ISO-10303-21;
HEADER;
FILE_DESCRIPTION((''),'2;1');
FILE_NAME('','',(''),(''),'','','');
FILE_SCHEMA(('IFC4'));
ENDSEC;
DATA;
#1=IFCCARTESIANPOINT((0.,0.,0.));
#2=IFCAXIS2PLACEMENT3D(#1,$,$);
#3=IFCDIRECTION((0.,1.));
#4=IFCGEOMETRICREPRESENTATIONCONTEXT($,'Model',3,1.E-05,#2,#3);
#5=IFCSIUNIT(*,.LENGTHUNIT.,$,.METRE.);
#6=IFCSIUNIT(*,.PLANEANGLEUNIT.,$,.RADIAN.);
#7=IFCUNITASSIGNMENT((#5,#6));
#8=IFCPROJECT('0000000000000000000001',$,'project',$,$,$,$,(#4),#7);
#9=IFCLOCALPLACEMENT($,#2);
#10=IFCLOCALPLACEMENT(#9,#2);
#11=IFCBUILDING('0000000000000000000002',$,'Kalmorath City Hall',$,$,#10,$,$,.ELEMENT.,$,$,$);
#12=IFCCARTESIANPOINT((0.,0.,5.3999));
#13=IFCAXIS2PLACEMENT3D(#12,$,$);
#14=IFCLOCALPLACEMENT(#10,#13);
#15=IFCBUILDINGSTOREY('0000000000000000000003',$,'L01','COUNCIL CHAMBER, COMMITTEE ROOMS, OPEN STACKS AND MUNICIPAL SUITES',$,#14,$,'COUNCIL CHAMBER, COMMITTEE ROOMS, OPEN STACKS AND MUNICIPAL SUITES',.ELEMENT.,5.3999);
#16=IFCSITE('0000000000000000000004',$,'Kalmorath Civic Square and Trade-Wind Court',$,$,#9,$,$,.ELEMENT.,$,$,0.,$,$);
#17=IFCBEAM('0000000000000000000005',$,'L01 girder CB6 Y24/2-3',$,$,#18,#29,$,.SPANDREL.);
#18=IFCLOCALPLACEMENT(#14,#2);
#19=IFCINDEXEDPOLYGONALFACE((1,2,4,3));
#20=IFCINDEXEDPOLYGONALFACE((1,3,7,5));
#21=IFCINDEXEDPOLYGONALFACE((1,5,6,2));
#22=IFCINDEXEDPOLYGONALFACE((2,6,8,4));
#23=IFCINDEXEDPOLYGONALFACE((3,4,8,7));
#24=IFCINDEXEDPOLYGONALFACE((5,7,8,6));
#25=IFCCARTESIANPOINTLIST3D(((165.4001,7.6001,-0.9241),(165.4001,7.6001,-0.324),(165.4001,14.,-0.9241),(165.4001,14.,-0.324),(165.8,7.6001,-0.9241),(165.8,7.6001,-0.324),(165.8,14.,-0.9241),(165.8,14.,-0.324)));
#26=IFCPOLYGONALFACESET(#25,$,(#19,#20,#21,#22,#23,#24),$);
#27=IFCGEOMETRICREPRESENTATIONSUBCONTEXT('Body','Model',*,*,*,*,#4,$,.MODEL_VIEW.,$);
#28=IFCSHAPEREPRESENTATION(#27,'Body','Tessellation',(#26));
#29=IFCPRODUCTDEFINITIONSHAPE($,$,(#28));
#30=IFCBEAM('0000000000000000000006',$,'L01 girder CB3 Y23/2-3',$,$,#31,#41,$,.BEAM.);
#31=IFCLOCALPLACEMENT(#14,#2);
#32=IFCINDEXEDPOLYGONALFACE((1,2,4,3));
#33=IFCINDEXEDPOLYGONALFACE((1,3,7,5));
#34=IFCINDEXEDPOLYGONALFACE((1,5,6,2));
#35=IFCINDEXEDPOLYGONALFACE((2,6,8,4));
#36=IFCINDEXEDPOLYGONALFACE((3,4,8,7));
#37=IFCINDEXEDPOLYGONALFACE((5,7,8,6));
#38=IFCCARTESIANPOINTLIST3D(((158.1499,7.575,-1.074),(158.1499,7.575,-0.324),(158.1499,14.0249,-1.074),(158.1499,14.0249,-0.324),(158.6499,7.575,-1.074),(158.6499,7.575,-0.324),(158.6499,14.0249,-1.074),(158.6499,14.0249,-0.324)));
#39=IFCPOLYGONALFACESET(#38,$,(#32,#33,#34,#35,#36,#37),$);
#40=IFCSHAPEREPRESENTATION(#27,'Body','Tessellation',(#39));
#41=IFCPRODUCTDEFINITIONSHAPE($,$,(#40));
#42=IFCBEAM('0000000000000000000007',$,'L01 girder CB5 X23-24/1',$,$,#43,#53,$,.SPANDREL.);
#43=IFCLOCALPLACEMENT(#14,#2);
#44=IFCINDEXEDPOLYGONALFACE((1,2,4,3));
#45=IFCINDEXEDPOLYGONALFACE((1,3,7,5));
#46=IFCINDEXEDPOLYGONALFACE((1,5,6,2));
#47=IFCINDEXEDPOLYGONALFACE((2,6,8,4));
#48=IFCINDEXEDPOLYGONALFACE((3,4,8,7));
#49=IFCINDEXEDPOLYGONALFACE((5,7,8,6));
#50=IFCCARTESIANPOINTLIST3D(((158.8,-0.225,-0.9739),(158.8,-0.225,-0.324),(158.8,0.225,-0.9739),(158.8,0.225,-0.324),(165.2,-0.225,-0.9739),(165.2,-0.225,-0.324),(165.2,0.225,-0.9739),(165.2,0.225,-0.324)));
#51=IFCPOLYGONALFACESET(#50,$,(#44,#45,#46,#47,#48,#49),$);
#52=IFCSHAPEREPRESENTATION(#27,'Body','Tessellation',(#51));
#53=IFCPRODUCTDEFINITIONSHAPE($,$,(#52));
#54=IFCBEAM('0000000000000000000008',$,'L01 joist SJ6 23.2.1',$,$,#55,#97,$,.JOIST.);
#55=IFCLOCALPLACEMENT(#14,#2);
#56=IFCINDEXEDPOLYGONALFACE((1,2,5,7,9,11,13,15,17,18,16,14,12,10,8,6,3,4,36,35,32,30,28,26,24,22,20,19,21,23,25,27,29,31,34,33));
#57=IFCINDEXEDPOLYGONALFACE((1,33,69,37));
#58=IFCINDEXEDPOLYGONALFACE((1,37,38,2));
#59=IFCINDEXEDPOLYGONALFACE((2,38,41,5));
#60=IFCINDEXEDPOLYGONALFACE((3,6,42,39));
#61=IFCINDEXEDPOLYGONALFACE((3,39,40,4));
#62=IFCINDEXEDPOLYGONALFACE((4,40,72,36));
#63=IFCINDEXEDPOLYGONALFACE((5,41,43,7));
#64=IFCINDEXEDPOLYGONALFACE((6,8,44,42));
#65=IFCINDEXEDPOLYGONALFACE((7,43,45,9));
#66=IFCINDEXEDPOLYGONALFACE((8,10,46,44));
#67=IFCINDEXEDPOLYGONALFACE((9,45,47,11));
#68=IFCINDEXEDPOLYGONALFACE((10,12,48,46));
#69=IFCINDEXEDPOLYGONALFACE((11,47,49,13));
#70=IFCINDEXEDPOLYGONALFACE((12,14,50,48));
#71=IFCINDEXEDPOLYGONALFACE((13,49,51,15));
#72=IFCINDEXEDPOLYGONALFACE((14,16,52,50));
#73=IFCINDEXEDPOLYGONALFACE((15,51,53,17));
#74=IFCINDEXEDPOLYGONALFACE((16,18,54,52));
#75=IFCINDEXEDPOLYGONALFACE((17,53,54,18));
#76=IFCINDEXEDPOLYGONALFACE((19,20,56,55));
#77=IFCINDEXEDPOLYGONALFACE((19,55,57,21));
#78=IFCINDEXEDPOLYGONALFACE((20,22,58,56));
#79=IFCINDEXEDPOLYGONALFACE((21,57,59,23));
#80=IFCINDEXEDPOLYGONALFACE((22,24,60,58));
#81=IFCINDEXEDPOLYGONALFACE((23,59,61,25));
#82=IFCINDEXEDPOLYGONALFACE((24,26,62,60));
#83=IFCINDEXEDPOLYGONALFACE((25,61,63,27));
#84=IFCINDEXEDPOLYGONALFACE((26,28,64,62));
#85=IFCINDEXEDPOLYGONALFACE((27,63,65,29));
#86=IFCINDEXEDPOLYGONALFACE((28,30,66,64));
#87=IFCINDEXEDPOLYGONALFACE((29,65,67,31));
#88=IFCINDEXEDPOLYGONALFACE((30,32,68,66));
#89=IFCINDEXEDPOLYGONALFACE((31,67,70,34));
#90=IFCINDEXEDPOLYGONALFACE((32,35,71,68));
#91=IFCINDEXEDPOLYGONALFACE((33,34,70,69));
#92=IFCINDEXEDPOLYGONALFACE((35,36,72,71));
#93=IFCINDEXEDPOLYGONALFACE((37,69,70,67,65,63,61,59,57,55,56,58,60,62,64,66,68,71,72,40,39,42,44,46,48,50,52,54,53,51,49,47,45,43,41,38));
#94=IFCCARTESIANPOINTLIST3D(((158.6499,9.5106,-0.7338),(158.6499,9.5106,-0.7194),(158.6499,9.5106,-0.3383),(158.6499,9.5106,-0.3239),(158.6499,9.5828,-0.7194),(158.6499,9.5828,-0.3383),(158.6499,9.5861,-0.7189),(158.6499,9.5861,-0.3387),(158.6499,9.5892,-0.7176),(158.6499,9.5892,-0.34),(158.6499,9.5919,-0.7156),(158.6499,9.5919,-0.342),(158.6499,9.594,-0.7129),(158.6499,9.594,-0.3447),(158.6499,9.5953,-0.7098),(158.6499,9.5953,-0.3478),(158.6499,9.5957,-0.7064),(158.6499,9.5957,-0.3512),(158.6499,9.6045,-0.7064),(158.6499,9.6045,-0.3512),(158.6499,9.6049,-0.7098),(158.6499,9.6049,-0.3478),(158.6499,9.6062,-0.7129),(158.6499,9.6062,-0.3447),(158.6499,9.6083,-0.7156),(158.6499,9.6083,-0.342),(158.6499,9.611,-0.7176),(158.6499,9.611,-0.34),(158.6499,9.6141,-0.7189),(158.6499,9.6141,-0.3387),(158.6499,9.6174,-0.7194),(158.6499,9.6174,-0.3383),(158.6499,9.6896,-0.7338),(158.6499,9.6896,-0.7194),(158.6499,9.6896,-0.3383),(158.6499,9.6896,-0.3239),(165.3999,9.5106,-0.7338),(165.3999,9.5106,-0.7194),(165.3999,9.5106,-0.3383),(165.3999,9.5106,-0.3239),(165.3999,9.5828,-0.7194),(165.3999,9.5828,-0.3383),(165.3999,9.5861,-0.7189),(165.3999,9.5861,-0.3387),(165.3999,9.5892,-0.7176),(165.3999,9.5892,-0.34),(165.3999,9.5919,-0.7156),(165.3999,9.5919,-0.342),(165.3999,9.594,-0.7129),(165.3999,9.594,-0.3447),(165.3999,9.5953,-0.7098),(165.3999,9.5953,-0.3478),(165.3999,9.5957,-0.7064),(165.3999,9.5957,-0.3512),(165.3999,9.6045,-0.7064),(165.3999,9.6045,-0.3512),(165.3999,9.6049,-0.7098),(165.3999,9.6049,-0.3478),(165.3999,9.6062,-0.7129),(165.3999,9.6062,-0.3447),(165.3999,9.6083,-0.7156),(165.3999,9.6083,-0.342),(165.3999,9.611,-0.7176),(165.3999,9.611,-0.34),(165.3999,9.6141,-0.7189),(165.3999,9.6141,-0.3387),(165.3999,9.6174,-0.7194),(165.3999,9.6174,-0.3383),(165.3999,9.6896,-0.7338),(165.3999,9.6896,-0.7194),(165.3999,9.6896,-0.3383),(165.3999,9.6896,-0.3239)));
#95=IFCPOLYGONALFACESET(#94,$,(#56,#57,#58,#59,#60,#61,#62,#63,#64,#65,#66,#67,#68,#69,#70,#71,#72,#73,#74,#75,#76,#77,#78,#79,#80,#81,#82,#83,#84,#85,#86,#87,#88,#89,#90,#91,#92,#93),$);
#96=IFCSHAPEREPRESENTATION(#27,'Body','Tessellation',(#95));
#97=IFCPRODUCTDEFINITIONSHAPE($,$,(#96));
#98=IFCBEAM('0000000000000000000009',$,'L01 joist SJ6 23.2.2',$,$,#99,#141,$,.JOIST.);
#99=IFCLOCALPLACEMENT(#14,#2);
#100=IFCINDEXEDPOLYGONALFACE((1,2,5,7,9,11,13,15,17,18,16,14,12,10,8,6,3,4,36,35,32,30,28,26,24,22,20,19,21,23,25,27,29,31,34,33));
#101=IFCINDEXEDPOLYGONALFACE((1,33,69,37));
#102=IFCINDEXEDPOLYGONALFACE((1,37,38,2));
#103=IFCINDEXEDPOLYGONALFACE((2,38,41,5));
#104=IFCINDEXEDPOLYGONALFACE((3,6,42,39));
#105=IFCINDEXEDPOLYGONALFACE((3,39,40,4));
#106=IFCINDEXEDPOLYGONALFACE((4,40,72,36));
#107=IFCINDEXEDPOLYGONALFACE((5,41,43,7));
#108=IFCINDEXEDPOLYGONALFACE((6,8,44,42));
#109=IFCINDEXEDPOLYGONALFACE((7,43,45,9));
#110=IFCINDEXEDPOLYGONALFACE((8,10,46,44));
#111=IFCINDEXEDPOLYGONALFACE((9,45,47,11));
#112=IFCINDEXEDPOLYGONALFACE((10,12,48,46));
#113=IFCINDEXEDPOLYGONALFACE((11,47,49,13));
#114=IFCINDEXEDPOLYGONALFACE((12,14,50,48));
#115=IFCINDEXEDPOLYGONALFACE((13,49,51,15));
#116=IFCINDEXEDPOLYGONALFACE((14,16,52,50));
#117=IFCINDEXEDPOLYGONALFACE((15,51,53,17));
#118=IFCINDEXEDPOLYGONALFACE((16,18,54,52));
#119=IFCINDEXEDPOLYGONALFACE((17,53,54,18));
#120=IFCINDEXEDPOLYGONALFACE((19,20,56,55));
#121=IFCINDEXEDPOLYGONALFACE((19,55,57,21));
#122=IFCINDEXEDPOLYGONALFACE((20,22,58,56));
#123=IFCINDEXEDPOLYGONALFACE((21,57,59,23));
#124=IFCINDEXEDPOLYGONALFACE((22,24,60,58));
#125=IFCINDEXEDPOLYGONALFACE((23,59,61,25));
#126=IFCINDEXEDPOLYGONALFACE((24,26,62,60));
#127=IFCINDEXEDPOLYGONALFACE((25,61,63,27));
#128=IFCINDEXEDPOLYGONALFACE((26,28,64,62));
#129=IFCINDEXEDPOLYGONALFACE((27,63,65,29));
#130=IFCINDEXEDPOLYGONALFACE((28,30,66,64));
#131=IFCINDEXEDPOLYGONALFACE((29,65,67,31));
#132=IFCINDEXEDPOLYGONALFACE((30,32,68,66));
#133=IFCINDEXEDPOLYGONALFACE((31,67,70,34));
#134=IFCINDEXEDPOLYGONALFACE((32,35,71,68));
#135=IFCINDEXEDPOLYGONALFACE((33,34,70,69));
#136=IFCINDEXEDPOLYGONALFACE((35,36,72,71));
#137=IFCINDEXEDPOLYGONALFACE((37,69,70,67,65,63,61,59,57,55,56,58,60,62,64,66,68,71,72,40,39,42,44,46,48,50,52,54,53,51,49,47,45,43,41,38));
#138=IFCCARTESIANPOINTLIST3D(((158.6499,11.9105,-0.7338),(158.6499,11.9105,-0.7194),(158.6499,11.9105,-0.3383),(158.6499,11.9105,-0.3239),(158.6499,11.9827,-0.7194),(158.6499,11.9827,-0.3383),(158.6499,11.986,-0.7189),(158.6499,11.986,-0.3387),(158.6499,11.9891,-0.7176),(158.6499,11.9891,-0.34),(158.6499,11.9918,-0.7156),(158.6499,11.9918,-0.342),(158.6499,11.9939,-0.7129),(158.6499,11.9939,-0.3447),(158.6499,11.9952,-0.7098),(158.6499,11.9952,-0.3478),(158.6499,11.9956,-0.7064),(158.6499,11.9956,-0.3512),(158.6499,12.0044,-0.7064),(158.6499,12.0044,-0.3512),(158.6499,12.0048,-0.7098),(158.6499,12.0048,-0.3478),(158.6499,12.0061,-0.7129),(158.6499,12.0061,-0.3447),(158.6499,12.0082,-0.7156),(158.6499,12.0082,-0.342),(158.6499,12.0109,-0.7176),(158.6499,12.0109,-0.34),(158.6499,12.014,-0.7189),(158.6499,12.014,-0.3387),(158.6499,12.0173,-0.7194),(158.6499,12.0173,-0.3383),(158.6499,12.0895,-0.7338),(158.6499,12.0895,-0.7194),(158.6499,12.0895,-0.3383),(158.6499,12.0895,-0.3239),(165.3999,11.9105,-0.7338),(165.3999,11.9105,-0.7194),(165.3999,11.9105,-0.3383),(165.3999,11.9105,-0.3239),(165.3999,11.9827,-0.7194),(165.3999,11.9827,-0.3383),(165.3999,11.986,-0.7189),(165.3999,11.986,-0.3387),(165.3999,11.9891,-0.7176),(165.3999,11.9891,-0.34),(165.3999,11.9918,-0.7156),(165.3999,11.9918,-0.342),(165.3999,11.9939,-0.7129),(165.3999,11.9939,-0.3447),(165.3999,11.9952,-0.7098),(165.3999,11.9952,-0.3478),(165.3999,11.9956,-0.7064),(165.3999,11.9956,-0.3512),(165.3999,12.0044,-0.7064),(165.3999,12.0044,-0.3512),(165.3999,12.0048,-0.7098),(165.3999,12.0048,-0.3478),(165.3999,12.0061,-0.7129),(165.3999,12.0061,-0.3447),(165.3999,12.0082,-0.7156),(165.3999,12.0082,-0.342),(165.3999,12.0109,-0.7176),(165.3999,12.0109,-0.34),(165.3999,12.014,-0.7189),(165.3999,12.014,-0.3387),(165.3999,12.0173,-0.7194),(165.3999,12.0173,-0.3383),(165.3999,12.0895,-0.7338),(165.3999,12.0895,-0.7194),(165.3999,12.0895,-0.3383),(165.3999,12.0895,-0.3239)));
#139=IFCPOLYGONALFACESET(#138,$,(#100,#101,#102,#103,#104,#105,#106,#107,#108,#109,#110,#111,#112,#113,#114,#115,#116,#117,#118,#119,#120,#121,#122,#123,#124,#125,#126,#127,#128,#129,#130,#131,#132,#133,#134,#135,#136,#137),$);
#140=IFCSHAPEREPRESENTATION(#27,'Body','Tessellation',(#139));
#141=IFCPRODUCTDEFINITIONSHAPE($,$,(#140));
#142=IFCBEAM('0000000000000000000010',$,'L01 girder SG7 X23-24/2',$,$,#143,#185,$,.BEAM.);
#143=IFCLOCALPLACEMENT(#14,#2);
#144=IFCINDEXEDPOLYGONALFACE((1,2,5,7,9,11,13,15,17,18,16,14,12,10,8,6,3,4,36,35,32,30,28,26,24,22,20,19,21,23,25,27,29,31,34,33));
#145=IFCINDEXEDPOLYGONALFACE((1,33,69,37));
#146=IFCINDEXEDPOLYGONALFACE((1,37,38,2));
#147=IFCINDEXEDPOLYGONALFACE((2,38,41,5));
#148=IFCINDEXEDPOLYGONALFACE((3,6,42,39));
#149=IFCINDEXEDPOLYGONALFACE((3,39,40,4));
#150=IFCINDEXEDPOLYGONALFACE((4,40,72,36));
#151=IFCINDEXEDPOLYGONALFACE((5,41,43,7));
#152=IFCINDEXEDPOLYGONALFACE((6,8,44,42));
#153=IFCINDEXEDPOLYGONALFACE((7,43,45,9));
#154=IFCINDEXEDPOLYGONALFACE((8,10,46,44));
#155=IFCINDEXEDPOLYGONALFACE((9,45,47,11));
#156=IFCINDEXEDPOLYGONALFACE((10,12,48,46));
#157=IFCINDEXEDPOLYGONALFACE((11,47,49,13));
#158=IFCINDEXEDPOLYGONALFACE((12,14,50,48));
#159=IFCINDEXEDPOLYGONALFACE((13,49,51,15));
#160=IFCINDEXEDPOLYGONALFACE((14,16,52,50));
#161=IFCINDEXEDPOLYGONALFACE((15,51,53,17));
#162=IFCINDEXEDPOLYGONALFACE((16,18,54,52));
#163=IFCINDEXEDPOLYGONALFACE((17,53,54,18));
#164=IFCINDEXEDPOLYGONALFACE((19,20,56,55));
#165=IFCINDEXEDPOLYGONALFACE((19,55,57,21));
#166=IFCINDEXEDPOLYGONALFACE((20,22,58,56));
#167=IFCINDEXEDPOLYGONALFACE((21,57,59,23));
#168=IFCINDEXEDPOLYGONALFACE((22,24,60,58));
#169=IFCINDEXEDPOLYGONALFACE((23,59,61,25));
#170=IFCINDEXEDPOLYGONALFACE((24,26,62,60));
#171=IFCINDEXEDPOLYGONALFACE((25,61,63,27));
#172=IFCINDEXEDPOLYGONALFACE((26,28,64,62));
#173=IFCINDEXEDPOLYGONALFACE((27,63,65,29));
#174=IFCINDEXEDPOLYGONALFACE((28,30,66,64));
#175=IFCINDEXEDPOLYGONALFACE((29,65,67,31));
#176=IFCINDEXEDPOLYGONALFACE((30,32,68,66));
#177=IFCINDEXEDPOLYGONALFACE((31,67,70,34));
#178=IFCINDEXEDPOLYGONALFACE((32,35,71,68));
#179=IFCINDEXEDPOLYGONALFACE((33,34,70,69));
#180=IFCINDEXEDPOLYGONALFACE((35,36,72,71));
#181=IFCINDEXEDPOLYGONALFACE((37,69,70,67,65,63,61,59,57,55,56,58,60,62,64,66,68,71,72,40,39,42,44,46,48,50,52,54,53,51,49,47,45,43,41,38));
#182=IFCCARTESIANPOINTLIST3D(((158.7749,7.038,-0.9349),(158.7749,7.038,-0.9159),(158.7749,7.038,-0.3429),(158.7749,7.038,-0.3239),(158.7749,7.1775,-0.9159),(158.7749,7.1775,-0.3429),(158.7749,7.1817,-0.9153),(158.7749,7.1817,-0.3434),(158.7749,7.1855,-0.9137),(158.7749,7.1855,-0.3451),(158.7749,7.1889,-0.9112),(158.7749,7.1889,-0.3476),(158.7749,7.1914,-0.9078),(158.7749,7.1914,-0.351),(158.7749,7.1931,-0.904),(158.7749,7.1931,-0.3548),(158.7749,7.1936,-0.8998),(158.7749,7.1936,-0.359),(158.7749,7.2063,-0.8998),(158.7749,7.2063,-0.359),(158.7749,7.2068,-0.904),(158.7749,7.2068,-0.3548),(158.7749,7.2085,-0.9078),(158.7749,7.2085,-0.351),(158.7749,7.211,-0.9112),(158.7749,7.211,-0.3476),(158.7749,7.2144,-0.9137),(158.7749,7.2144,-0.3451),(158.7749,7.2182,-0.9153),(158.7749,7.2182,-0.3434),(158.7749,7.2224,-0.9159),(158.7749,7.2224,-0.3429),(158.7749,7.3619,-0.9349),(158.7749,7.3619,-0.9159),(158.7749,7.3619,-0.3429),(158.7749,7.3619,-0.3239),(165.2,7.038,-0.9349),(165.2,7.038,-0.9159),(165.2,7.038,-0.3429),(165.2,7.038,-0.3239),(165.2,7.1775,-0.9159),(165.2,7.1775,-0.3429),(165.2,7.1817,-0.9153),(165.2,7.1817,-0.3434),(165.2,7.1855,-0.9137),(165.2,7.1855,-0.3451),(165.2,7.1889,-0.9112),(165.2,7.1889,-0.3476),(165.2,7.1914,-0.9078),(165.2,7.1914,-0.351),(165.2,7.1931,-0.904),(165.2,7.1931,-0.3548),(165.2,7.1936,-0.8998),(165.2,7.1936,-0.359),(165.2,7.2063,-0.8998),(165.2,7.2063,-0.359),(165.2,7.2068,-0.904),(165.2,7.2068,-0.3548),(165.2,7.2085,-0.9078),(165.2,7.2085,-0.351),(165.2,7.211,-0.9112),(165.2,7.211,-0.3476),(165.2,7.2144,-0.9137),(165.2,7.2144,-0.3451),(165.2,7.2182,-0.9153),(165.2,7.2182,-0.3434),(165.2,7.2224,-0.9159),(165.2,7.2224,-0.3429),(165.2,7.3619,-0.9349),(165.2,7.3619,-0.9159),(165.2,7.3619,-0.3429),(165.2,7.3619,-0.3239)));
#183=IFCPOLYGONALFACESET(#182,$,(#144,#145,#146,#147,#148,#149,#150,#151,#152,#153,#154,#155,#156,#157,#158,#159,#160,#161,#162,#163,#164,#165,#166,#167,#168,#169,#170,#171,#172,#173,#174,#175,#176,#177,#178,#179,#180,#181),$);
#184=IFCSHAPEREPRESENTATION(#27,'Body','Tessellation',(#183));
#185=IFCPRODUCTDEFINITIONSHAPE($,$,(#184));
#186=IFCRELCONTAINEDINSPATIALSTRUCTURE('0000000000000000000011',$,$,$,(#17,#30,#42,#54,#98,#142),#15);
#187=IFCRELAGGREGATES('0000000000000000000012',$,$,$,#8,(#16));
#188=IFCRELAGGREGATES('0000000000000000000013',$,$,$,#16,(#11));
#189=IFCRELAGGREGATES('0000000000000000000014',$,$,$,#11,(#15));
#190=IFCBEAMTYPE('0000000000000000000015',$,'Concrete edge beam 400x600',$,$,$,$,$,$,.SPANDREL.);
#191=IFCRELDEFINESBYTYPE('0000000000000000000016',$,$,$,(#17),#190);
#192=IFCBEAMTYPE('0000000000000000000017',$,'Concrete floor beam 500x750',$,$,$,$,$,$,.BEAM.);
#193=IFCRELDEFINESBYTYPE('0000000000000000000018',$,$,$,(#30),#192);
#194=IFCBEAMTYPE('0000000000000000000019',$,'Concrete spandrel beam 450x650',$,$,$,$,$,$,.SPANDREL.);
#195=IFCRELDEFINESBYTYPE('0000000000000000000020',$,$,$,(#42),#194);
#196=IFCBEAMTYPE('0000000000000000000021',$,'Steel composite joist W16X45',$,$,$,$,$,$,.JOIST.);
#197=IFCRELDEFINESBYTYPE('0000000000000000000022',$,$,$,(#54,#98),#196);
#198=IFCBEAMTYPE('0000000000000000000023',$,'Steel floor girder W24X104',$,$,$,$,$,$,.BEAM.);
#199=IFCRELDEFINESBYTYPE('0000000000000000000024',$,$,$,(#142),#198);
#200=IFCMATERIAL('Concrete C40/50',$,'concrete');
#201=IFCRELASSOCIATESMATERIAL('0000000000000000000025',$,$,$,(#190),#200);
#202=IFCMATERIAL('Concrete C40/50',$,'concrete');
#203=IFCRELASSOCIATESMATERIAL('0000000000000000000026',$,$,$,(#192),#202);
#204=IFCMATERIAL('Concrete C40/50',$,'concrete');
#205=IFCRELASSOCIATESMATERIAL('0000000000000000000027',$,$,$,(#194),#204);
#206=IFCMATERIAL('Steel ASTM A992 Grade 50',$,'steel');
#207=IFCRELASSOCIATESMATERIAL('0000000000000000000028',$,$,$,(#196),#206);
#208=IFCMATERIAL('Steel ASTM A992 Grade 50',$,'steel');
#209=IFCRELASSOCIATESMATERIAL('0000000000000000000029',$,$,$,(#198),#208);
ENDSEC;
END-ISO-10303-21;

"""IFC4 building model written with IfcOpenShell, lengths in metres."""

from ifc_helpers import new_model, si_unit, direction, frame, origin, origin_2d, place, context, subcontext, project, spatial, rectangle, i_section, extrude, material, material_profile, profile_set, type_object, element, save


model = new_model("IFC4")

# Units and contexts
model_context = context("Model", 3, precision=1e-05, world=origin(), true_north=direction((0.0, 1.0)))
body_context = subcontext(model_context, "Body", "Model", "MODEL_VIEW")
ifc_project = project(units=[si_unit("LENGTHUNIT", "METRE"), si_unit("PLANEANGLEUNIT", "RADIAN")], contexts=[model_context])

# Site, building, storey
site_placement = place(None, origin())
site = spatial("IfcSite", under=ifc_project, at=site_placement, Name="Kalmorath Civic Square and Trade-Wind Court", CompositionType="ELEMENT", RefElevation=0.0)
building_placement = place(site_placement, origin())
building = spatial("IfcBuilding", under=site, at=building_placement, Name="Kalmorath City Hall", CompositionType="ELEMENT")
storey_placement = place(building_placement, frame((0.0, 0.0, 5.3999)))
storey = spatial("IfcBuildingStorey", under=building, at=storey_placement, Name="L01", Description="COUNCIL CHAMBER, COMMITTEE ROOMS, OPEN STACKS AND MUNICIPAL SUITES", LongName="COUNCIL CHAMBER, COMMITTEE ROOMS, OPEN STACKS AND MUNICIPAL SUITES", CompositionType="ELEMENT", Elevation=5.3999)

# Beams
ifc_material_1 = material(Name="Concrete C40/50", Category="concrete")
ifc_material_profile_1 = material_profile(ifc_material_1, rectangle(XDim=0.3999, YDim=0.6001, at=origin_2d()), Name="RC-BM-400X600")
ifc_profile_set_1 = profile_set([ifc_material_profile_1], Name="Concrete C40/50")
beam_type_1 = type_object("IfcBeamType", Name="Concrete edge beam 400x600", PredefinedType="SPANDREL", material=ifc_profile_set_1)
beam_1_placement = place(storey_placement, frame((165.6001, 7.6001, -0.624), z_axis=(0.0, 1.0, 0.0), x_axis=(-1.0, 0.0, 0.0)))
element("IfcBeam", 1, at=beam_1_placement, inside=storey, type_object=beam_type_1, Name="L01 girder CB6 Y24/2-3", PredefinedType="SPANDREL", context=body_context, shape_type="SweptSolid", body=[
    extrude(rectangle(XDim=0.3999, YDim=0.6001, at=origin_2d()), origin(), (0.0, 0.0, 1.0), 6.3999),
])
ifc_material_2 = material(Name="Concrete C40/50", Category="concrete")
ifc_material_profile_2 = material_profile(ifc_material_2, rectangle(XDim=0.5, YDim=0.75, at=origin_2d()), Name="RC-BM-500X750")
ifc_profile_set_2 = profile_set([ifc_material_profile_2], Name="Concrete C40/50")
beam_type_2 = type_object("IfcBeamType", Name="Concrete floor beam 500x750", PredefinedType="BEAM", material=ifc_profile_set_2)
beam_2_placement = place(storey_placement, frame((158.3999, 7.575, -0.699), z_axis=(0.0, 1.0, 0.0), x_axis=(-1.0, 0.0, 0.0)))
element("IfcBeam", 2, at=beam_2_placement, inside=storey, type_object=beam_type_2, Name="L01 girder CB3 Y23/2-3", PredefinedType="BEAM", context=body_context, shape_type="SweptSolid", body=[
    extrude(rectangle(XDim=0.5, YDim=0.75, at=origin_2d()), origin(), (0.0, 0.0, 1.0), 6.45),
])
ifc_material_3 = material(Name="Concrete C40/50", Category="concrete")
ifc_material_profile_3 = material_profile(ifc_material_3, rectangle(XDim=0.45, YDim=0.6499, at=origin_2d()), Name="RC-BM-450X650")
ifc_profile_set_3 = profile_set([ifc_material_profile_3], Name="Concrete C40/50")
beam_type_3 = type_object("IfcBeamType", Name="Concrete spandrel beam 450x650", PredefinedType="SPANDREL", material=ifc_profile_set_3)
beam_3_placement = place(storey_placement, frame((158.8, 0.0, -0.6489), z_axis=(1.0, 0.0, 0.0), x_axis=(0.0, 1.0, 0.0)))
element("IfcBeam", 3, at=beam_3_placement, inside=storey, type_object=beam_type_3, Name="L01 girder CB5 X23-24/1", PredefinedType="SPANDREL", context=body_context, shape_type="SweptSolid", body=[
    extrude(rectangle(XDim=0.45, YDim=0.6499, at=origin_2d()), origin(), (0.0, 0.0, 1.0), 6.3999),
])
ifc_material_4 = material(Name="Steel ASTM A992 Grade 50", Category="steel")
ifc_material_profile_4 = material_profile(ifc_material_4, i_section(OverallWidth=0.179, OverallDepth=0.4099, WebThickness=0.0088, FlangeThickness=0.0144, FilletRadius=0.0129, at=origin_2d()), Name="W16X45")
ifc_profile_set_4 = profile_set([ifc_material_profile_4], Name="Steel ASTM A992 Grade 50")
beam_type_4 = type_object("IfcBeamType", Name="Steel composite joist W16X45", PredefinedType="JOIST", material=ifc_profile_set_4)
for number, where, z_axis, x_axis, name in (
    (4, (158.6499, 9.6001, -0.5288), (1.0, 0.0, 0.0), (0.0, 1.0, 0.0), "L01 joist SJ6 23.2.1"),
    (5, (158.6499, 12.0, -0.5288), (1.0, 0.0, 0.0), (0.0, 1.0, 0.0), "L01 joist SJ6 23.2.2"),
):
    element("IfcBeam", number, at=place(storey_placement, frame(where, z_axis=z_axis, x_axis=x_axis)), inside=storey, type_object=beam_type_4, Name=name, PredefinedType="JOIST", context=body_context, shape_type="SweptSolid", body=[
        extrude(i_section(OverallWidth=0.179, OverallDepth=0.4099, WebThickness=0.0088, FlangeThickness=0.0144, FilletRadius=0.0129, at=origin_2d()), origin(), (0.0, 0.0, 1.0), 6.75),
    ])
ifc_material_5 = material(Name="Steel ASTM A992 Grade 50", Category="steel")
ifc_material_profile_5 = material_profile(ifc_material_5, i_section(OverallWidth=0.324, OverallDepth=0.6111, WebThickness=0.0127, FlangeThickness=0.019, FilletRadius=0.0161, at=origin_2d()), Name="W24X104")
ifc_profile_set_5 = profile_set([ifc_material_profile_5], Name="Steel ASTM A992 Grade 50")
beam_type_5 = type_object("IfcBeamType", Name="Steel floor girder W24X104", PredefinedType="BEAM", material=ifc_profile_set_5)
beam_4_placement = place(storey_placement, frame((158.7749, 7.2, -0.6294), z_axis=(1.0, 0.0, 0.0), x_axis=(0.0, 1.0, 0.0)))
element("IfcBeam", 6, at=beam_4_placement, inside=storey, type_object=beam_type_5, Name="L01 girder SG7 X23-24/2", PredefinedType="BEAM", context=body_context, shape_type="SweptSolid", body=[
    extrude(i_section(OverallWidth=0.324, OverallDepth=0.6111, WebThickness=0.0127, FlangeThickness=0.019, FilletRadius=0.0161, at=origin_2d()), origin(), (0.0, 0.0, 1.0), 6.425),
])

save(model, "model.ifc")
